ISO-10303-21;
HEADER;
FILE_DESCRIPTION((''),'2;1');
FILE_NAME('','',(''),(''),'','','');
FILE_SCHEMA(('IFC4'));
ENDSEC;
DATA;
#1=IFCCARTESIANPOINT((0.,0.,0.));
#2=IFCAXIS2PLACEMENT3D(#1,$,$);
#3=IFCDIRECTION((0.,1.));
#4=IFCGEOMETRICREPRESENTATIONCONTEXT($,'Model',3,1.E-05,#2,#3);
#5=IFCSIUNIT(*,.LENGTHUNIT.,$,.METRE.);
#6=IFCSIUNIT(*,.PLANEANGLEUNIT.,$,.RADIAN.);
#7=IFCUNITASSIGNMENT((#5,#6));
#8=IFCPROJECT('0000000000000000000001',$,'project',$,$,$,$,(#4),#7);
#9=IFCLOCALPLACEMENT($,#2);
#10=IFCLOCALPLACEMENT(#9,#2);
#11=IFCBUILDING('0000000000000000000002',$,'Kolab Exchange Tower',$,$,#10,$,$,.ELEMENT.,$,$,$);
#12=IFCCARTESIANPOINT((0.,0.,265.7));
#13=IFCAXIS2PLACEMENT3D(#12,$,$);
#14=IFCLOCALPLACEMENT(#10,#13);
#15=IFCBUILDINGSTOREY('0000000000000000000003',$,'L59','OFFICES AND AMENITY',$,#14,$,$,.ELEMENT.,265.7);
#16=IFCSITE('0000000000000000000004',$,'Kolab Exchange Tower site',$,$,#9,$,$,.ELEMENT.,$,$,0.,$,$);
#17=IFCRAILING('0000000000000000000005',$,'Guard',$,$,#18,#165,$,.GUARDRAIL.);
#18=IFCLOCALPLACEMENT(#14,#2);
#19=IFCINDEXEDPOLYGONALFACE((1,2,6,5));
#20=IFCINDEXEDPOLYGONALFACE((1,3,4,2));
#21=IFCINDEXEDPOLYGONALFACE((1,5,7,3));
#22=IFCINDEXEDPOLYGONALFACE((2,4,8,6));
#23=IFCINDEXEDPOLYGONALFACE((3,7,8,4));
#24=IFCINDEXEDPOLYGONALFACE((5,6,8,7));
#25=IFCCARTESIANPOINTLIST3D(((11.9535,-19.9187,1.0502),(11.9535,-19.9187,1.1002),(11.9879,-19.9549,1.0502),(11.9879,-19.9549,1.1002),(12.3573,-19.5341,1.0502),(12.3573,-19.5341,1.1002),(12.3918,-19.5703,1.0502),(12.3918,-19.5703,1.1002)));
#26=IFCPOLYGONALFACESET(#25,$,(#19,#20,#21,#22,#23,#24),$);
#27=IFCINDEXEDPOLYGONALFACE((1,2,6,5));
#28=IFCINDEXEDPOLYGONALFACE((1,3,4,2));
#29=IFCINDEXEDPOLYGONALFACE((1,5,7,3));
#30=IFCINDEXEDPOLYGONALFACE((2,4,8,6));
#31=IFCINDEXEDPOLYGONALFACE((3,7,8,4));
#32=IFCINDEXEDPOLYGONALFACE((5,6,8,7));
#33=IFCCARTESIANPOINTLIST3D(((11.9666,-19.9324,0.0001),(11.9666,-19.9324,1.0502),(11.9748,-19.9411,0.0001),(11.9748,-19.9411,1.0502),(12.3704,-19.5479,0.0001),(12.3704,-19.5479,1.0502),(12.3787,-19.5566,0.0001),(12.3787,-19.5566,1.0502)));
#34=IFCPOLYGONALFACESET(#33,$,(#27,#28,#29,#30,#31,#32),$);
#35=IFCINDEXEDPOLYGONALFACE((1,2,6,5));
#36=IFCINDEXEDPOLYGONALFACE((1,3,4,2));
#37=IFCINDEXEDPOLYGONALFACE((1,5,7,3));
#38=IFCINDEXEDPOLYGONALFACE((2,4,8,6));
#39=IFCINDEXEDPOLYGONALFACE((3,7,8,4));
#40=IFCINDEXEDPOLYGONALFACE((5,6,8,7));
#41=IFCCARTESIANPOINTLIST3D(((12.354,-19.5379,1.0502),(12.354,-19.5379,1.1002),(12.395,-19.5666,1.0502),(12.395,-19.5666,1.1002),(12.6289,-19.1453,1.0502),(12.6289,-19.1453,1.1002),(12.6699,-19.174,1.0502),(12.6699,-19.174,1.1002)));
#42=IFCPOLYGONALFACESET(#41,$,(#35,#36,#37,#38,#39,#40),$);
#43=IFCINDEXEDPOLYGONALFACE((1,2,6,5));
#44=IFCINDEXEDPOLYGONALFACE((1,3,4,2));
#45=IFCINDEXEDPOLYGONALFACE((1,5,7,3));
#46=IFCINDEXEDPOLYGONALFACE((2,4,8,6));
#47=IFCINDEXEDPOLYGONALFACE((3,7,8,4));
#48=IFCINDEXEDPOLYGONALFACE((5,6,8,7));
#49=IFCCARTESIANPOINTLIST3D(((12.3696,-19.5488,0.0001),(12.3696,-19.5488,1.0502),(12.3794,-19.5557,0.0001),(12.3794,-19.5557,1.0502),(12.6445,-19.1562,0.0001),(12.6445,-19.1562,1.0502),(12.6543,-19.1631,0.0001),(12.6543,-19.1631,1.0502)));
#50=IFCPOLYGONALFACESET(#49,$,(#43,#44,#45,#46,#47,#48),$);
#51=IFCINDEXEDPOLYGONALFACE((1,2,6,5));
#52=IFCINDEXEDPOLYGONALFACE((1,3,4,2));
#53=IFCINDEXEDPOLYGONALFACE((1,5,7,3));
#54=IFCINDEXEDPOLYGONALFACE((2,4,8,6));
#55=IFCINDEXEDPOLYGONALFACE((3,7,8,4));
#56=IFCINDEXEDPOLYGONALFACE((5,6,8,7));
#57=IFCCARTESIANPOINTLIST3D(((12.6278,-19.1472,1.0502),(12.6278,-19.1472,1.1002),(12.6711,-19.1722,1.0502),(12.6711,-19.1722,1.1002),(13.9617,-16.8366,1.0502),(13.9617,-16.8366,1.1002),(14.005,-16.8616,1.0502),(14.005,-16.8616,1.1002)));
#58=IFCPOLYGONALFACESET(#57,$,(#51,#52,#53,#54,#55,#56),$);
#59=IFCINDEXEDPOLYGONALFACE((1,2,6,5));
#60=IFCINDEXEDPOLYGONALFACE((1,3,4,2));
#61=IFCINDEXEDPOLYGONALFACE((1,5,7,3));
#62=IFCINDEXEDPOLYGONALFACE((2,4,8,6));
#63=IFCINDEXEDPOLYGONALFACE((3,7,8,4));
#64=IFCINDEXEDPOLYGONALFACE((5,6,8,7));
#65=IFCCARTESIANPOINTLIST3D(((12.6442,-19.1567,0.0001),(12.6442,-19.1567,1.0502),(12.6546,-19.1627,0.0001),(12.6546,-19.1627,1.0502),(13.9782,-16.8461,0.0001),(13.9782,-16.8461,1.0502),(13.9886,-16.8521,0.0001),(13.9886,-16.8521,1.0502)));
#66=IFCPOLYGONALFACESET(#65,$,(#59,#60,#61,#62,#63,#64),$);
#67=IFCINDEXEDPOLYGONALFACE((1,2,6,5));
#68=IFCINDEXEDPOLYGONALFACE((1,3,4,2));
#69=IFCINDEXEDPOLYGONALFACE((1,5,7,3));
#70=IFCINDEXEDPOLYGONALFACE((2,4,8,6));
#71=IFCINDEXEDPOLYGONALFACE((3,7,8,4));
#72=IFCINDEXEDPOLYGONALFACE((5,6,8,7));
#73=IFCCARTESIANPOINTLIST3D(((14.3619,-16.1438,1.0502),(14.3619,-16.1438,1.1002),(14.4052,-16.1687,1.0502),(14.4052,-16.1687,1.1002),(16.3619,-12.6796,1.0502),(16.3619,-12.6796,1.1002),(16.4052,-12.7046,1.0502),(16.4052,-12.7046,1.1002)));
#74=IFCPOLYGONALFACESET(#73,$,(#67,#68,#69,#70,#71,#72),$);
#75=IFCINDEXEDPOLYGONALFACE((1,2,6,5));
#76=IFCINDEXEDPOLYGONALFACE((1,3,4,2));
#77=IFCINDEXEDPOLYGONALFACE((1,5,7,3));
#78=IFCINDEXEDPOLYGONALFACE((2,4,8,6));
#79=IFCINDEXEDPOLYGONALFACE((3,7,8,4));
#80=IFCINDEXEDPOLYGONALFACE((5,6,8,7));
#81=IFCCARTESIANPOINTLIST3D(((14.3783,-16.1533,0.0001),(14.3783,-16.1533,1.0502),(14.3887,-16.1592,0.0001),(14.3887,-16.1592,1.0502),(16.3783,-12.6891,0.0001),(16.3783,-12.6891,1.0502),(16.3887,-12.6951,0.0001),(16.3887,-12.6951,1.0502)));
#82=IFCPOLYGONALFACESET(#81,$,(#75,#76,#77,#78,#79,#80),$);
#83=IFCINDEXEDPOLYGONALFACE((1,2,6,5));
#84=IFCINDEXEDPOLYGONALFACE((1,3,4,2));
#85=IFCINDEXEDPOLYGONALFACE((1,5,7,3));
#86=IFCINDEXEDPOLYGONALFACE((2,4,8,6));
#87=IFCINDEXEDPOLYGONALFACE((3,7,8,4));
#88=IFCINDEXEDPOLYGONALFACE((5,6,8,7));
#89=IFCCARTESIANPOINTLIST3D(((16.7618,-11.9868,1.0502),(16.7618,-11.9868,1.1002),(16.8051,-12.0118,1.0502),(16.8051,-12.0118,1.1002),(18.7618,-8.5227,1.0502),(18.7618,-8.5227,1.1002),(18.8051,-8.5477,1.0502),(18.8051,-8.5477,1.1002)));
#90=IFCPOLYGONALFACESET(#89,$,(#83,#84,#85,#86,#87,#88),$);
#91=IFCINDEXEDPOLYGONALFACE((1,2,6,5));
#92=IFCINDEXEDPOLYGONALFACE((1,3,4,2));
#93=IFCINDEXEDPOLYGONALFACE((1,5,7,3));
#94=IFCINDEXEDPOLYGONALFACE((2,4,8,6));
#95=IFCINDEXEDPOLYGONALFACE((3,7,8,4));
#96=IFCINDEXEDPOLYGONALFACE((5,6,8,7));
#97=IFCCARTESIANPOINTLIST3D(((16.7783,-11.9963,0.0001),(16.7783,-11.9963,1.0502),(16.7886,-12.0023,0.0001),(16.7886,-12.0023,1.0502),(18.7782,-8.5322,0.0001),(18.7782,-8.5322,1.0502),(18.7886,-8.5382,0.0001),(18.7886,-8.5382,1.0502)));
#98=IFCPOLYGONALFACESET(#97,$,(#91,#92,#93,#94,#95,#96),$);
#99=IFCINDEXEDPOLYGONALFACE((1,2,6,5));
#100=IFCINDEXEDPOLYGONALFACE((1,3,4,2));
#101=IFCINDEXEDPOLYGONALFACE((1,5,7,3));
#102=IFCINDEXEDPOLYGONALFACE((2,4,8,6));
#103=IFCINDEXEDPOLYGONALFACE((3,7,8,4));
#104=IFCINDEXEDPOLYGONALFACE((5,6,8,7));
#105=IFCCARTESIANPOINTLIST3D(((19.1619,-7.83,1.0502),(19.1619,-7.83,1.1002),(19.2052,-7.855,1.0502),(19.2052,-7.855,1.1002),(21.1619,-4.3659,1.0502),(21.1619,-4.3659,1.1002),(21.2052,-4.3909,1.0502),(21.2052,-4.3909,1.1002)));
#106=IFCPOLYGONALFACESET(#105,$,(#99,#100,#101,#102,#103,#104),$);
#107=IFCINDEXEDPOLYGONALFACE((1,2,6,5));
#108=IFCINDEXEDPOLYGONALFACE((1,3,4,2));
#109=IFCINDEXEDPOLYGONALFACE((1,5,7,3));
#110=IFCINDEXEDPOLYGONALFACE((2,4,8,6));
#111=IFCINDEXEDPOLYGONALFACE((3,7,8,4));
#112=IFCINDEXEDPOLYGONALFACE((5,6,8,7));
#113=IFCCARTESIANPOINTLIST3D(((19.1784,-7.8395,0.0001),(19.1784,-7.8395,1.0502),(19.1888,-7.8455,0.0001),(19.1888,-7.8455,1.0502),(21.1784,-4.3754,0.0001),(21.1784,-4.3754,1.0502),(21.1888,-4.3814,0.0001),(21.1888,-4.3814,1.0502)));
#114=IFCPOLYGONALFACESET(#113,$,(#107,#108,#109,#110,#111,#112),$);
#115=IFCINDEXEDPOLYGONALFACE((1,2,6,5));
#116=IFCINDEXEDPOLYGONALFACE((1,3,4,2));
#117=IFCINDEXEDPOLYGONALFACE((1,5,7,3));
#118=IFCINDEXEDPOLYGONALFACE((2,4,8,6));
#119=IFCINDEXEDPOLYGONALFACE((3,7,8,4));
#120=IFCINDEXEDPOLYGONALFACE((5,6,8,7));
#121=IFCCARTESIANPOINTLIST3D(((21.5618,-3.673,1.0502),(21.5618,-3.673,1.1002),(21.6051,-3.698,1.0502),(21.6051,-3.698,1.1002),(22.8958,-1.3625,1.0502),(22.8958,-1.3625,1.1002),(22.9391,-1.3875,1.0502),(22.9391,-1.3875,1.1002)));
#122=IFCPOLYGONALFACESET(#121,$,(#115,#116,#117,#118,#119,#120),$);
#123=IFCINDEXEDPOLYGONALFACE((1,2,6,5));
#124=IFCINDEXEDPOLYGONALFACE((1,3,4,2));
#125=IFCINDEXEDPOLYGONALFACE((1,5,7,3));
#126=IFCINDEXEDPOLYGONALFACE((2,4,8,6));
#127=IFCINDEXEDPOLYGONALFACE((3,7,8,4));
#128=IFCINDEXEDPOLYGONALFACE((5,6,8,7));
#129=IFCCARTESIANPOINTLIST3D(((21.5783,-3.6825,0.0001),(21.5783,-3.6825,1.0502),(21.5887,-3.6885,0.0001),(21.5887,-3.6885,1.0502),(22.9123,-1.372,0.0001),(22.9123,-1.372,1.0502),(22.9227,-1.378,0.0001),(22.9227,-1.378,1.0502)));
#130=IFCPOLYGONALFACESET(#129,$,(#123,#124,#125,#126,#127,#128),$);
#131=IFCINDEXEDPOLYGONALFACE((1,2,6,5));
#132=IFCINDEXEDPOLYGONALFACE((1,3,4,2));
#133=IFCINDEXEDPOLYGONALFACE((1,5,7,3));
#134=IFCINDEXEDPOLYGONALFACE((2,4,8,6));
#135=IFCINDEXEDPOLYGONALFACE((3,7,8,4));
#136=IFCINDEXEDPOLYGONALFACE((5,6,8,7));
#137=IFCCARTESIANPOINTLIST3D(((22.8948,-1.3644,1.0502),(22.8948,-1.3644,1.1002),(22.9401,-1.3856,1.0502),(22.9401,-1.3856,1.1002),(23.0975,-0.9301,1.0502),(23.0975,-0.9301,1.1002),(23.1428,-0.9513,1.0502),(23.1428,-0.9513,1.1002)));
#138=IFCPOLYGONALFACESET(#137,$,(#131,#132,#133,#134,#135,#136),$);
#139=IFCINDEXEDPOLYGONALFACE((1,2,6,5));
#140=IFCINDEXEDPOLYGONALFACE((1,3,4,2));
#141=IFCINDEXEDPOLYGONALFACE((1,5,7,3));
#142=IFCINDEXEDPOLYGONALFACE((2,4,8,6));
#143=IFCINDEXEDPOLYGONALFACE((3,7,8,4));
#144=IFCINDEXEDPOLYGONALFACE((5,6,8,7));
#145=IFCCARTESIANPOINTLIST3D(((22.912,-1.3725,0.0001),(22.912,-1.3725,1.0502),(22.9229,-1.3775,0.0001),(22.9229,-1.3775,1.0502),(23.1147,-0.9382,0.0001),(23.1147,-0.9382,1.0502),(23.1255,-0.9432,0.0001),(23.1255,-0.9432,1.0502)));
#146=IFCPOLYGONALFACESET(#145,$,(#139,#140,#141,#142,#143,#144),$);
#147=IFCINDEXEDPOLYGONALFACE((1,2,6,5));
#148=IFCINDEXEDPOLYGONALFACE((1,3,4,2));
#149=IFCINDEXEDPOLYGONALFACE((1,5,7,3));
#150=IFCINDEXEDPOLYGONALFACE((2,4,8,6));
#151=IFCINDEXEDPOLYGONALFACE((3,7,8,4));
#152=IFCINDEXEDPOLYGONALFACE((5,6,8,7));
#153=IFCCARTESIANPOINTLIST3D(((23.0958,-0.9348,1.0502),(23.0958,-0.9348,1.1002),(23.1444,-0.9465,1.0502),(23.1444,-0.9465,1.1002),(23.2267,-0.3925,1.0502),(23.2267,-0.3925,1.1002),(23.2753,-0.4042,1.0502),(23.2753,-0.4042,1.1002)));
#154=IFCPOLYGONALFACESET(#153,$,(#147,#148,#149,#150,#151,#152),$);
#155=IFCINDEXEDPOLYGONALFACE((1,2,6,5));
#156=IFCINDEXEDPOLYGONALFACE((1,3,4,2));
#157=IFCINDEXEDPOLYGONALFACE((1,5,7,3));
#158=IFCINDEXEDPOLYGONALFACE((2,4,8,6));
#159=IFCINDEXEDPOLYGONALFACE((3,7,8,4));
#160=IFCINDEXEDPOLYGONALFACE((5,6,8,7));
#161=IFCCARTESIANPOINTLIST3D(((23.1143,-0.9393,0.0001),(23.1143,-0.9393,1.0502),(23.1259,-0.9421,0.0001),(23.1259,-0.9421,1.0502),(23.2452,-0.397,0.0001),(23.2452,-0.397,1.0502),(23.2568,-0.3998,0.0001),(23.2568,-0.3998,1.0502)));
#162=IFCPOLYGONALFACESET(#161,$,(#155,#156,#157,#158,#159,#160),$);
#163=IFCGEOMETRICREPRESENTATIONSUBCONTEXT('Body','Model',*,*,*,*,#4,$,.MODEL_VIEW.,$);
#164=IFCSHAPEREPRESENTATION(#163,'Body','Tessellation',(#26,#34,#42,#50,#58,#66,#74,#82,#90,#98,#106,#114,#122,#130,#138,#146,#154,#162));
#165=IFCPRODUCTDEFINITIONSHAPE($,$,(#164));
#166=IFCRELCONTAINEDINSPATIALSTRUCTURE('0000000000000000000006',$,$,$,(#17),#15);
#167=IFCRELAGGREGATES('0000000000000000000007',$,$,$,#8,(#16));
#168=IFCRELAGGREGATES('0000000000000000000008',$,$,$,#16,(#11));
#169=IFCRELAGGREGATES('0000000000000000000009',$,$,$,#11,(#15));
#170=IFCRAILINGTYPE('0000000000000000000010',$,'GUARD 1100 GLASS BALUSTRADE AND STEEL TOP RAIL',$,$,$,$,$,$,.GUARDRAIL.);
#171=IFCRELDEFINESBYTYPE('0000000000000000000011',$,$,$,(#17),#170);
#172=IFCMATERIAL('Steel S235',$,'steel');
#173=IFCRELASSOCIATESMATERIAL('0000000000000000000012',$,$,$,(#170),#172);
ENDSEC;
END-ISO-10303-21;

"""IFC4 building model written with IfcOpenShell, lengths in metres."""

from ifc_helpers import new_model, si_unit, direction, frame, frame_2d, origin, origin_2d, place, context, subcontext, project, spatial, rectangle, extrude, material, type_object, element, save


model = new_model("IFC4")

# Units and contexts
model_context = context("Model", 3, precision=1e-05, world=origin(), true_north=direction((0.0, 1.0)))
body_context = subcontext(model_context, "Body", "Model", "MODEL_VIEW")
ifc_project = project(units=[si_unit("LENGTHUNIT", "METRE"), si_unit("PLANEANGLEUNIT", "RADIAN")], contexts=[model_context])

# Site, building, storey
site_placement = place(None, origin())
site = spatial("IfcSite", under=ifc_project, at=site_placement, Name="Kolab Exchange Tower site", CompositionType="ELEMENT", RefElevation=0.0)
building_placement = place(site_placement, origin())
building = spatial("IfcBuilding", under=site, at=building_placement, Name="Kolab Exchange Tower", CompositionType="ELEMENT")
storey_placement = place(building_placement, frame((0.0, 0.0, 265.7)))
storey = spatial("IfcBuildingStorey", under=building, at=storey_placement, Name="L59", Description="OFFICES AND AMENITY", CompositionType="ELEMENT", Elevation=265.7)

# Railing
ifc_material_1 = material(Name="Steel S235", Category="steel")
railing_type = type_object("IfcRailingType", Name="GUARD 1100 GLASS BALUSTRADE AND STEEL TOP RAIL", PredefinedType="GUARDRAIL", material=ifc_material_1)
railing_placement = place(storey_placement, frame((11.9707, -19.9368, 0.0)))
element("IfcRailing", 1, at=railing_placement, inside=storey, type_object=railing_type, Name="Guard", PredefinedType="GUARDRAIL", context=body_context, shape_type="SweptSolid", body=[
    extrude(rectangle(XDim=0.05, YDim=0.05, at=origin_2d()), frame((0.0, 0.0, 1.0752), z_axis=(0.72419, 0.689601, 0.0), x_axis=(-0.689601, 0.72419, 0.0)), (0.0, 0.0, 1.0), 0.5576),
    extrude(rectangle(XDim=0.012, YDim=1.0501, at=frame_2d((0.0, 0.5251))), frame((0.0, 0.0, 0.0), z_axis=(0.72419, 0.689601, 0.0), x_axis=(-0.689601, 0.72419, 0.0)), (0.0, 0.0, 1.0), 0.5576),
    extrude(rectangle(XDim=0.05, YDim=0.05, at=origin_2d()), frame((0.4038, 0.3845, 1.0752), z_axis=(0.573599, 0.819136, 0.0), x_axis=(-0.819136, 0.573599, 0.0)), (0.0, 0.0, 1.0), 0.4792),
    extrude(rectangle(XDim=0.012, YDim=1.0501, at=frame_2d((0.0, 0.5251))), frame((0.4038, 0.3845, 0.0), z_axis=(0.573599, 0.819136, 0.0), x_axis=(-0.819136, 0.573599, 0.0)), (0.0, 0.0, 1.0), 0.4792),
    extrude(rectangle(XDim=0.05, YDim=0.05, at=origin_2d()), frame((0.6787, 0.7771, 1.0752), z_axis=(0.499997, 0.866027, 0.0), x_axis=(-0.866027, 0.499997, 0.0)), (0.0, 0.0, 1.0), 2.668),
    extrude(rectangle(XDim=0.012, YDim=1.0501, at=frame_2d((0.0, 0.5251))), frame((0.6787, 0.7771, 0.0), z_axis=(0.499997, 0.866027, 0.0), x_axis=(-0.866027, 0.499997, 0.0)), (0.0, 0.0, 1.0), 2.668),
    extrude(rectangle(XDim=0.05, YDim=0.05, at=origin_2d()), frame((2.4128, 3.7805, 1.0752), z_axis=(0.499999, 0.866026, 0.0), x_axis=(-0.866026, 0.499999, 0.0)), (0.0, 0.0, 1.0), 4.0),
    extrude(rectangle(XDim=0.012, YDim=1.0501, at=frame_2d((0.0, 0.5251))), frame((2.4128, 3.7805, 0.0), z_axis=(0.499999, 0.866026, 0.0), x_axis=(-0.866026, 0.499999, 0.0)), (0.0, 0.0, 1.0), 4.0),
    extrude(rectangle(XDim=0.05, YDim=0.05, at=origin_2d()), frame((4.8127, 7.9375, 1.0752), z_axis=(0.499999, 0.866026, 0.0), x_axis=(-0.866026, 0.499999, 0.0)), (0.0, 0.0, 1.0), 4.0),
    extrude(rectangle(XDim=0.012, YDim=1.0501, at=frame_2d((0.0, 0.5251))), frame((4.8127, 7.9375, 0.0), z_axis=(0.499999, 0.866026, 0.0), x_axis=(-0.866026, 0.499999, 0.0)), (0.0, 0.0, 1.0), 4.0),
    extrude(rectangle(XDim=0.05, YDim=0.05, at=origin_2d()), frame((7.2129, 12.0942, 1.0752), z_axis=(0.499999, 0.866026, 0.0), x_axis=(-0.866026, 0.499999, 0.0)), (0.0, 0.0, 1.0), 4.0),
    extrude(rectangle(XDim=0.012, YDim=1.0501, at=frame_2d((0.0, 0.5251))), frame((7.2129, 12.0942, 0.0), z_axis=(0.499999, 0.866026, 0.0), x_axis=(-0.866026, 0.499999, 0.0)), (0.0, 0.0, 1.0), 4.0),
    extrude(rectangle(XDim=0.05, YDim=0.05, at=origin_2d()), frame((9.6128, 16.2512, 1.0752), z_axis=(0.499997, 0.866027, 0.0), x_axis=(-0.866027, 0.499997, 0.0)), (0.0, 0.0, 1.0), 2.668),
    extrude(rectangle(XDim=0.012, YDim=1.0501, at=frame_2d((0.0, 0.5251))), frame((9.6128, 16.2512, 0.0), z_axis=(0.499997, 0.866027, 0.0), x_axis=(-0.866027, 0.499997, 0.0)), (0.0, 0.0, 1.0), 2.668),
    extrude(rectangle(XDim=0.05, YDim=0.05, at=origin_2d()), frame((10.9468, 18.5618, 1.0752), z_axis=(0.422802, 0.906222, 0.0), x_axis=(-0.906222, 0.422802, 0.0)), (0.0, 0.0, 1.0), 0.4792),
    extrude(rectangle(XDim=0.012, YDim=1.0501, at=frame_2d((0.0, 0.5251))), frame((10.9468, 18.5618, 0.0), z_axis=(0.422802, 0.906222, 0.0), x_axis=(-0.906222, 0.422802, 0.0)), (0.0, 0.0, 1.0), 0.4792),
    extrude(rectangle(XDim=0.05, YDim=0.05, at=origin_2d()), frame((11.1494, 18.9961, 1.0752), z_axis=(0.234598, 0.972093, 0.0), x_axis=(-0.972093, 0.234598, 0.0)), (0.0, 0.0, 1.0), 0.5579),
    extrude(rectangle(XDim=0.012, YDim=1.0501, at=frame_2d((0.0, 0.5251))), frame((11.1494, 18.9961, 0.0), z_axis=(0.234598, 0.972093, 0.0), x_axis=(-0.972093, 0.234598, 0.0)), (0.0, 0.0, 1.0), 0.5579),
])

save(model, "model.ifc")
